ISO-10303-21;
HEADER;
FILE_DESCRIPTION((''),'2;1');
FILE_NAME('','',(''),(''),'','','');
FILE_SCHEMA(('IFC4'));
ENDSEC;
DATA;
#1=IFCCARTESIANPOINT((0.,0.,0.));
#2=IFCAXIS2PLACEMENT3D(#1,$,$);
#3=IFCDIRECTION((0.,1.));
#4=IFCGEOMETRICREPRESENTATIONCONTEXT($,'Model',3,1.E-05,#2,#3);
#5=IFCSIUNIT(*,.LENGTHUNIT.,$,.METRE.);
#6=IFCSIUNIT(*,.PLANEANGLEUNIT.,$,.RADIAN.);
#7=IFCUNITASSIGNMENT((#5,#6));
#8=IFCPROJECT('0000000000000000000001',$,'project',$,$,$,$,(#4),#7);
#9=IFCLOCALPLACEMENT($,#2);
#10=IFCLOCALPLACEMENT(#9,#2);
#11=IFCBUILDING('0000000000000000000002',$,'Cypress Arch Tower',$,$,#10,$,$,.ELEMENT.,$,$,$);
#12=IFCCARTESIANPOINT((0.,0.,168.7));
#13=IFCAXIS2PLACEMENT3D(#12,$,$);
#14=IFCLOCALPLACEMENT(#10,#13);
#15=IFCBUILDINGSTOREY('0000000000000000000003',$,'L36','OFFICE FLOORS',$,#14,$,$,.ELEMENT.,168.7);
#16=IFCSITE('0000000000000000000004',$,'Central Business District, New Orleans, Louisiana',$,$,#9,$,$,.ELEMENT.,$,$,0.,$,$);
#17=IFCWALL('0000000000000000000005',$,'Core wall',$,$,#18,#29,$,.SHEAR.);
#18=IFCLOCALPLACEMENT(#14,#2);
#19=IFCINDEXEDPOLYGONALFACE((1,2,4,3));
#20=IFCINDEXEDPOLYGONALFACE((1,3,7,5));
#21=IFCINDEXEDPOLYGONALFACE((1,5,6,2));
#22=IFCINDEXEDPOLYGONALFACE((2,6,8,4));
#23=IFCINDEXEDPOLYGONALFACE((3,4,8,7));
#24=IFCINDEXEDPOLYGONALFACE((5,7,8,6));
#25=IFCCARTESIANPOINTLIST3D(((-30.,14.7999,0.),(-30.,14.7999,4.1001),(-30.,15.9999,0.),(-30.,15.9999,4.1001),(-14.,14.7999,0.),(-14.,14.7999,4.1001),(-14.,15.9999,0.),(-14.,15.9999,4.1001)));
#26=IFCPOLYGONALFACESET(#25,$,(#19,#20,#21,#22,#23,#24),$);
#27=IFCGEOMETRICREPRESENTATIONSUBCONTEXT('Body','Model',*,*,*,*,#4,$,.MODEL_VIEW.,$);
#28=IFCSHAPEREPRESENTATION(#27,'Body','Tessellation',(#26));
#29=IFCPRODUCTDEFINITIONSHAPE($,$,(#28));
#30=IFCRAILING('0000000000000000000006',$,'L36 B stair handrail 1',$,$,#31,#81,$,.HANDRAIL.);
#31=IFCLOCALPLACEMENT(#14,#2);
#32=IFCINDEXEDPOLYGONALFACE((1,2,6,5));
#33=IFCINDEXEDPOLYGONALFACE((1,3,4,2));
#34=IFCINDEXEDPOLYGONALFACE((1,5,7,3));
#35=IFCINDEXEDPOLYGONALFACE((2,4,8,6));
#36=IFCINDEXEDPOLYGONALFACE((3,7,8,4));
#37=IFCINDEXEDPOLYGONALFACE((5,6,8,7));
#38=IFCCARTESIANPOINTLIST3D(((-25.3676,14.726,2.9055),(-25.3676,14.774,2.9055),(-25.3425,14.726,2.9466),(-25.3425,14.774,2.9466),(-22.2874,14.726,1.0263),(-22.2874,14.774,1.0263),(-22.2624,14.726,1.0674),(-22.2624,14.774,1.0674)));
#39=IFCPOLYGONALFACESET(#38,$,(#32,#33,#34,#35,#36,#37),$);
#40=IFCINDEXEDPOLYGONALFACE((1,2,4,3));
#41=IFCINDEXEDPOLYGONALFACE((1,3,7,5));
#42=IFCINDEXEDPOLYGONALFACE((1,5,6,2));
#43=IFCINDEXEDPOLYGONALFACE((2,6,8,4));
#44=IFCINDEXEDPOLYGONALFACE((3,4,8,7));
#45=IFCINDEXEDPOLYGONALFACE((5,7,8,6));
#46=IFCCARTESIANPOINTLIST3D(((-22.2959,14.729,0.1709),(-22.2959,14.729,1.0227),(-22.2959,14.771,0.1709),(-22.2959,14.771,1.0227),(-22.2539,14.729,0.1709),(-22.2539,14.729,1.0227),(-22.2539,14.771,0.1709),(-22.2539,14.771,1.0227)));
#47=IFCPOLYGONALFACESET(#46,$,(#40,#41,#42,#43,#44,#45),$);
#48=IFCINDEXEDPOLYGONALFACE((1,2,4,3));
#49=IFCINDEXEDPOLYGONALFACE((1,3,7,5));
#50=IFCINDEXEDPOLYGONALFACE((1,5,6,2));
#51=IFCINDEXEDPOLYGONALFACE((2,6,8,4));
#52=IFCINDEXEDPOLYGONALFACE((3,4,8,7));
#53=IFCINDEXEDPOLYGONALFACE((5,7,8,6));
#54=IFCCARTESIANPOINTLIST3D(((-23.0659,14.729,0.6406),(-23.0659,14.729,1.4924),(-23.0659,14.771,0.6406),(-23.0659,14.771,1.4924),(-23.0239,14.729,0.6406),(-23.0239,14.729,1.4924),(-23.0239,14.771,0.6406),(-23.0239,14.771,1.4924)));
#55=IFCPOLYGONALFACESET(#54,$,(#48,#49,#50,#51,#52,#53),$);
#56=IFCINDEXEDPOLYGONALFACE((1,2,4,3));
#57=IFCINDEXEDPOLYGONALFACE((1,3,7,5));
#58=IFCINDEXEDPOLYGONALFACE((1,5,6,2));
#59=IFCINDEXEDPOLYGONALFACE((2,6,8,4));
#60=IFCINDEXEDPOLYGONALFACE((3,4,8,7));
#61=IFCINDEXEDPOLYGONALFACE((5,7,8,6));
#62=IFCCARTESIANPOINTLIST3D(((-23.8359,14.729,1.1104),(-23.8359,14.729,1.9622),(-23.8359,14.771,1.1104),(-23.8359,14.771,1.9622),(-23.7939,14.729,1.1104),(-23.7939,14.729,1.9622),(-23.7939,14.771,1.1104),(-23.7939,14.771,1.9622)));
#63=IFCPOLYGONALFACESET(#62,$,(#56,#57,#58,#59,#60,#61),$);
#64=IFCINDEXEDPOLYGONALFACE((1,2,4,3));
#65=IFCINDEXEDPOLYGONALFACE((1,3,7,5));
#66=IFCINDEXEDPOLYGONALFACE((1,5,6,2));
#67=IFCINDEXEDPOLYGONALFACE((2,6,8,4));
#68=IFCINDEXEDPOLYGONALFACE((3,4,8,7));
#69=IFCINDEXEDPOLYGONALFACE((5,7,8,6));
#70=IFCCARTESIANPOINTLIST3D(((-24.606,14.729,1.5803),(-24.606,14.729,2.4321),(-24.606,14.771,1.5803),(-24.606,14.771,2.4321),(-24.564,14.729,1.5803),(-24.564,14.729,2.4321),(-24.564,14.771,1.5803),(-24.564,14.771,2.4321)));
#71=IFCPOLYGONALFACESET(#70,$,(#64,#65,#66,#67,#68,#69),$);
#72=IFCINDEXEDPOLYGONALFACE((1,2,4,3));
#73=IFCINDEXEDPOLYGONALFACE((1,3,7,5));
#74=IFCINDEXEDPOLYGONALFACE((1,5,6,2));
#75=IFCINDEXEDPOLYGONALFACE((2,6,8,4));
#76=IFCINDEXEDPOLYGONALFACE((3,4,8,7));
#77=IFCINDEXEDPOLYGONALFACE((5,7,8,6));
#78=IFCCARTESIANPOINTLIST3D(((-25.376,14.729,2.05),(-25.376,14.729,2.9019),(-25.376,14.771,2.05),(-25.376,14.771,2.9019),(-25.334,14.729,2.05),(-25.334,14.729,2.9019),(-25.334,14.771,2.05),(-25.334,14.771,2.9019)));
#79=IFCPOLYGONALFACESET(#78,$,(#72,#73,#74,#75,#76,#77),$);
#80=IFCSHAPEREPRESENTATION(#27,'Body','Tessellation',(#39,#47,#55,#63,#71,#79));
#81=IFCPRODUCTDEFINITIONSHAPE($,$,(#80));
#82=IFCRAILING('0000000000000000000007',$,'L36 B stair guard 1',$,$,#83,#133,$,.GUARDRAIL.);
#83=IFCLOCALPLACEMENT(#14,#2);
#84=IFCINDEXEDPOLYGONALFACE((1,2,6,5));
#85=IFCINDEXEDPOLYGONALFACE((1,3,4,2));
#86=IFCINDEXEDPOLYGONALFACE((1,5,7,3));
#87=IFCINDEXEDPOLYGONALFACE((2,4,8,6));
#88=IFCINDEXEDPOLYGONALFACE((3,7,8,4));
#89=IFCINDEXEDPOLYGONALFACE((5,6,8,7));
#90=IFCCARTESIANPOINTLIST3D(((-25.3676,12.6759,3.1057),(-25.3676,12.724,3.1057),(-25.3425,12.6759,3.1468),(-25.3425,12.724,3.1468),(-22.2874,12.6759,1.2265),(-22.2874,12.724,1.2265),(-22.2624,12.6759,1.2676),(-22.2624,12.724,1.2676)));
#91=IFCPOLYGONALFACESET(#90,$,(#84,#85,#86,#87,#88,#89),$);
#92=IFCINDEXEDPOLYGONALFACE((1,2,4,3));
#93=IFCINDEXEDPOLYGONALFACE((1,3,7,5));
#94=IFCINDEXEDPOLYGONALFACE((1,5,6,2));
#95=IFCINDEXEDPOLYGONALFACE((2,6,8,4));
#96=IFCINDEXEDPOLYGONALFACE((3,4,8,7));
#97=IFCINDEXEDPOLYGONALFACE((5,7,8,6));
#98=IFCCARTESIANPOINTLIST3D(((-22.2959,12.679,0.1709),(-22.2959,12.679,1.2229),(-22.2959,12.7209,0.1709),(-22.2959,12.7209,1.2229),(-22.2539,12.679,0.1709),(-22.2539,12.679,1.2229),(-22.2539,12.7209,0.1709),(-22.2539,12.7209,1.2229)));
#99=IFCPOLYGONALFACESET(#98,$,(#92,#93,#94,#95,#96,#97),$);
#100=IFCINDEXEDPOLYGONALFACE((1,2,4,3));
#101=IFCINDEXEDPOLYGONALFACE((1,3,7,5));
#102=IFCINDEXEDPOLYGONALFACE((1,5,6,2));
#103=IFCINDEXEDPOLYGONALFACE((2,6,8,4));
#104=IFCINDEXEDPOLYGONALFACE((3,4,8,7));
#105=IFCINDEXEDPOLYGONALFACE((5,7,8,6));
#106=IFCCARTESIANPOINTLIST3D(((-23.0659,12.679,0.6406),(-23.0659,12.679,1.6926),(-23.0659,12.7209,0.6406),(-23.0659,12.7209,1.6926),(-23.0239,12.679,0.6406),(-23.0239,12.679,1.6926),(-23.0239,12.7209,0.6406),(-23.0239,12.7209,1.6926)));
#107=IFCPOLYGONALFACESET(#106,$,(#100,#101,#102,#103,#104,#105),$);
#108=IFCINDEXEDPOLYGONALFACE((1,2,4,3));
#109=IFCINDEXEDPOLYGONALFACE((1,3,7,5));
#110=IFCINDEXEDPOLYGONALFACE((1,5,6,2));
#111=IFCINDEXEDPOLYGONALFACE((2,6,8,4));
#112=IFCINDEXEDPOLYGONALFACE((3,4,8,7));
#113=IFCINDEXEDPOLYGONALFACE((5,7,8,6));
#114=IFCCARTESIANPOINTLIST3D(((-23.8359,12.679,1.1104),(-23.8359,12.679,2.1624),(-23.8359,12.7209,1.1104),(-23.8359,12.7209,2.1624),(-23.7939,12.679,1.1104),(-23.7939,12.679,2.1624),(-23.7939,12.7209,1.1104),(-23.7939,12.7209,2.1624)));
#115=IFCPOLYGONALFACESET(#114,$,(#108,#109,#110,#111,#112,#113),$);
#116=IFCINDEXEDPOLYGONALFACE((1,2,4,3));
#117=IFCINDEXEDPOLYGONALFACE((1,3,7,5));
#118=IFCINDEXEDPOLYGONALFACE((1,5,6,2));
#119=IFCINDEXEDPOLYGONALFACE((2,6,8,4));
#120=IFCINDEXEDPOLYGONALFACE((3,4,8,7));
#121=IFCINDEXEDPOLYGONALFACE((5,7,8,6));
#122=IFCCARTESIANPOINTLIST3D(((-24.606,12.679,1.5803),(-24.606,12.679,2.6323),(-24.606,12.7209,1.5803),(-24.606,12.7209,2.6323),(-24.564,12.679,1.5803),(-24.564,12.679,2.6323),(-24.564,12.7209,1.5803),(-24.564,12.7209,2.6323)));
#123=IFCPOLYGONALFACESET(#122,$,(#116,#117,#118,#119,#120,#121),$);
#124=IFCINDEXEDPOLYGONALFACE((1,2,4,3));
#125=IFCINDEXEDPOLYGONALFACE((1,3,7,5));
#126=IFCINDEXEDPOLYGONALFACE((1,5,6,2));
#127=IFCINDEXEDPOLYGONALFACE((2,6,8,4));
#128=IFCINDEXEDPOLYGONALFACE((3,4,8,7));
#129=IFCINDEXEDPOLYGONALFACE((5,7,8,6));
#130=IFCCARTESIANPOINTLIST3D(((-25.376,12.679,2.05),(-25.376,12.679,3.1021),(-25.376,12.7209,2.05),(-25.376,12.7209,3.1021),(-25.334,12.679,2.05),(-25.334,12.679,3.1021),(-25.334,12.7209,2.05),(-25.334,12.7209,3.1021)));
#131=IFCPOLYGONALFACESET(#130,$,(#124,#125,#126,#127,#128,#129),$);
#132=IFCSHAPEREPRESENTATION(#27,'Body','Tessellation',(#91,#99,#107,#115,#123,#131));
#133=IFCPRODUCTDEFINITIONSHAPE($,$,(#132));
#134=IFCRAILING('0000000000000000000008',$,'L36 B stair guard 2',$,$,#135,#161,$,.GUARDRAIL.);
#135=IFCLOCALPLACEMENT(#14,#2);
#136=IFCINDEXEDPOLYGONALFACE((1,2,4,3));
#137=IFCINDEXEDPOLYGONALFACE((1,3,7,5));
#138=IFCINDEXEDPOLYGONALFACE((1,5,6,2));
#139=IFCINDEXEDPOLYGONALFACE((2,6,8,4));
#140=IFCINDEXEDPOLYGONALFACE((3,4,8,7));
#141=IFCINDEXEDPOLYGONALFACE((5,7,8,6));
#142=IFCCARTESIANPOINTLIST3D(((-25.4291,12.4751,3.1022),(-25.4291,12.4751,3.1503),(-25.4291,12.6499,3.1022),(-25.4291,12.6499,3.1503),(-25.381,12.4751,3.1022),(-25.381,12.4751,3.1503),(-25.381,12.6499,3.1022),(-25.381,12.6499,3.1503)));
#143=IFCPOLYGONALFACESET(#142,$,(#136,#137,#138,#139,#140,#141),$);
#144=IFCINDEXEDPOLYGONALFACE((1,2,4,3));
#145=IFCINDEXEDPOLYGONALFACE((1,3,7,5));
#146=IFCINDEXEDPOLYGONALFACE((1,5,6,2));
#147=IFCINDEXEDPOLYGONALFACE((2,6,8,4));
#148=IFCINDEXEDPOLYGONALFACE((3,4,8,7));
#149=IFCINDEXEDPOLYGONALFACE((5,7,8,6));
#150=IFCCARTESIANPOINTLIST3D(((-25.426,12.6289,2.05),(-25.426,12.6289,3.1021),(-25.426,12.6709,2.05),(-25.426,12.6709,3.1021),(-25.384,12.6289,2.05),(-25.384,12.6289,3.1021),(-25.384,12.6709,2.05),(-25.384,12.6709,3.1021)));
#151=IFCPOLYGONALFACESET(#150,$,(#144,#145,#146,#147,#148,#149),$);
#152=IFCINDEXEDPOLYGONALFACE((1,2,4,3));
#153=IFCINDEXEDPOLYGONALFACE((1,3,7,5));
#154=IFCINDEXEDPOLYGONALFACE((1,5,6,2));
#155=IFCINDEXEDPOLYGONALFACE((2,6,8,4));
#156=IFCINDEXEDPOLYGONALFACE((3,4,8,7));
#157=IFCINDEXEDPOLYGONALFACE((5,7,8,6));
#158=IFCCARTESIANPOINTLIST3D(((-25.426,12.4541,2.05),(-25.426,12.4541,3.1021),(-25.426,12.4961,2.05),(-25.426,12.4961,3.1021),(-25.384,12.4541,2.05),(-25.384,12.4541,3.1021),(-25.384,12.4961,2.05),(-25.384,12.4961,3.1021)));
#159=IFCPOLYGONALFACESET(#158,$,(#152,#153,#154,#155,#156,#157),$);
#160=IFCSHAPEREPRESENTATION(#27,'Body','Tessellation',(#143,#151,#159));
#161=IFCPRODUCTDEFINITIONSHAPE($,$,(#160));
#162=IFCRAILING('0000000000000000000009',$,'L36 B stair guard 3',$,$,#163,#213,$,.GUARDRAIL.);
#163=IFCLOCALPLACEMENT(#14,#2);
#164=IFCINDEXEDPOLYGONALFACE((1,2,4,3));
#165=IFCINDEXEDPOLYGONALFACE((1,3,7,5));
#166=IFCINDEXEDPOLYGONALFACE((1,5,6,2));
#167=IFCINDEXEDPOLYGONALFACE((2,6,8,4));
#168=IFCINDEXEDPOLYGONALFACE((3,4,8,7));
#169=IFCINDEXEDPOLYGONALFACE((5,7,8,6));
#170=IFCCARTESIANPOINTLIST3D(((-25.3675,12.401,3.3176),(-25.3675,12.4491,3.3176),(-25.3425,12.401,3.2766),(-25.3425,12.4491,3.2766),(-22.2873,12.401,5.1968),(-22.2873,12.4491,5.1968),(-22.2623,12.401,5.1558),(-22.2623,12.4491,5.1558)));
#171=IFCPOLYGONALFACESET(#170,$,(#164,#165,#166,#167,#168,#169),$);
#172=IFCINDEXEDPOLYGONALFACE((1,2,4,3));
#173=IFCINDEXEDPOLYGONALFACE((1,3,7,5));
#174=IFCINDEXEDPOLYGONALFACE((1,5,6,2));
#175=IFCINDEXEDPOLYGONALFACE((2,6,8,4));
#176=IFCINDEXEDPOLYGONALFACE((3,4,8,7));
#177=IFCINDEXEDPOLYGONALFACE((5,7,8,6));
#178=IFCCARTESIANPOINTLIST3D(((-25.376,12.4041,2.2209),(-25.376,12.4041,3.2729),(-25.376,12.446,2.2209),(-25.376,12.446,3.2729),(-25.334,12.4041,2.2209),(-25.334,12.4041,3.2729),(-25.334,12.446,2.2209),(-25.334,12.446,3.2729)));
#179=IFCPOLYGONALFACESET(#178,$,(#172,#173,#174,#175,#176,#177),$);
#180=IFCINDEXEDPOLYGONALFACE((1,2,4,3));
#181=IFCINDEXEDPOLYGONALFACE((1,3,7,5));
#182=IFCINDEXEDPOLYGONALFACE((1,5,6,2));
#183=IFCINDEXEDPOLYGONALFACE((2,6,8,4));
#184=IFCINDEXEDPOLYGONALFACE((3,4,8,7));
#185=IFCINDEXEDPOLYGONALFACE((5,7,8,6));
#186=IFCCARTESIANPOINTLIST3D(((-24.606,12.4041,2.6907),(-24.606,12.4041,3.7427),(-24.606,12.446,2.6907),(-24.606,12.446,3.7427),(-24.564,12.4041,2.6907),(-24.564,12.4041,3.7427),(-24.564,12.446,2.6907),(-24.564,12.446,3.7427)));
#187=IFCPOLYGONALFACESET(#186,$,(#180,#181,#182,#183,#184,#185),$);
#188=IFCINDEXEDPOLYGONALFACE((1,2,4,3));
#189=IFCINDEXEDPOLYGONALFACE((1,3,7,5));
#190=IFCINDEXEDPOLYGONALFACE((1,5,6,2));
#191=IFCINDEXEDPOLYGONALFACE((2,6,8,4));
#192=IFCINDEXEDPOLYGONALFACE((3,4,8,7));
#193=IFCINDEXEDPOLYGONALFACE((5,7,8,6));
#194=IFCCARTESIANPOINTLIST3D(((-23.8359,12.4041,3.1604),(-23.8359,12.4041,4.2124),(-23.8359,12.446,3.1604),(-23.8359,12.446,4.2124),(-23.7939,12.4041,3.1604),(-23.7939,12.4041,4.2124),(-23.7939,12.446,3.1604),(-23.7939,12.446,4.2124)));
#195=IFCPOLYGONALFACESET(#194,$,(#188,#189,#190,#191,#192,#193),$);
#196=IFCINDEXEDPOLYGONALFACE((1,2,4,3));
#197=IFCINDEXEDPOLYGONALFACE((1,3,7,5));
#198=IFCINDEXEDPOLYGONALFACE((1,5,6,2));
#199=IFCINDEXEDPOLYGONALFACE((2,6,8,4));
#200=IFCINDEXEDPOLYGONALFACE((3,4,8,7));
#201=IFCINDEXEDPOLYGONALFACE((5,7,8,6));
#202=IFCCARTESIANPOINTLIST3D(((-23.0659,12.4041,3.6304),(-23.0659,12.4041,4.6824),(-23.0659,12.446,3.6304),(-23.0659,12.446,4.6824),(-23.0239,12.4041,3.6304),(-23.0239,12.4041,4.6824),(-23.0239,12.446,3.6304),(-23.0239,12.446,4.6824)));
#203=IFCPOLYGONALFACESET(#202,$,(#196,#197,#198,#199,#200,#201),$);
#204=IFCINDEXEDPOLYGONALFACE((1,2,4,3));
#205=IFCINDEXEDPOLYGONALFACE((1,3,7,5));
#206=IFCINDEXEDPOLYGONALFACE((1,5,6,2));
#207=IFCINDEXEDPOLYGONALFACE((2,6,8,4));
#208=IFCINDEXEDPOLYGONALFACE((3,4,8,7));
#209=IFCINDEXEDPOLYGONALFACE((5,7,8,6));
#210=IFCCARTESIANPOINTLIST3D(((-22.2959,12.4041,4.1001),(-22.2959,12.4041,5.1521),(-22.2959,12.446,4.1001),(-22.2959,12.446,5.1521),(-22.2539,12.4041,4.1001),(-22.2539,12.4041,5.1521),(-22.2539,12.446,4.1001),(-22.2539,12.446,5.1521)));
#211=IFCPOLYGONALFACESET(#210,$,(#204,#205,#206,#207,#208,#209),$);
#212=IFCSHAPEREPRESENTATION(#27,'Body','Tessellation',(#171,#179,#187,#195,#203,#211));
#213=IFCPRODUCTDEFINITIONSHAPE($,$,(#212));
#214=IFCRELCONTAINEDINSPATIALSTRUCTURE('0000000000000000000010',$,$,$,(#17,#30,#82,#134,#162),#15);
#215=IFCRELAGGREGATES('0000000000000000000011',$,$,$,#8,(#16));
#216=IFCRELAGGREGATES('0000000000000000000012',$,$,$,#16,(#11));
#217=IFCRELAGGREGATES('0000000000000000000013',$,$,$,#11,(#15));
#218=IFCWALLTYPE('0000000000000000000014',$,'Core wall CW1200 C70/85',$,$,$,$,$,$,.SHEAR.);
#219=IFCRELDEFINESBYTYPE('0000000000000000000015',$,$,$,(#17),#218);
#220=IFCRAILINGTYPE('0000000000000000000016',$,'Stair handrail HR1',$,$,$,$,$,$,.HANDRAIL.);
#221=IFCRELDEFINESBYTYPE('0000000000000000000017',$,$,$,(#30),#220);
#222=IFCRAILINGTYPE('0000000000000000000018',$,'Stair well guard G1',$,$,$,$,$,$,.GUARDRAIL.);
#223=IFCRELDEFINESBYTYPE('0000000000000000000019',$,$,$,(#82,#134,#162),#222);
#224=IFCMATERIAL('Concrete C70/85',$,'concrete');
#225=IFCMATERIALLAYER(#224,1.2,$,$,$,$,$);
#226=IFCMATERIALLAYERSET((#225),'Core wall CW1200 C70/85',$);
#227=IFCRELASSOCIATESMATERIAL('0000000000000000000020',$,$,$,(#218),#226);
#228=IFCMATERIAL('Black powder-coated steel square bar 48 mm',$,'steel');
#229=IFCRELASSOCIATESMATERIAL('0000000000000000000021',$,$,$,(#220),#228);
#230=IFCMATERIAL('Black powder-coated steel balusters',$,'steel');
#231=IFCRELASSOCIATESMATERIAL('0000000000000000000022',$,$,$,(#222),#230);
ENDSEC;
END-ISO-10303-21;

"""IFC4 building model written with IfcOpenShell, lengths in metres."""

from ifc_helpers import new_model, si_unit, direction, frame, frame_2d, origin, origin_2d, place, context, subcontext, project, spatial, rectangle, extrude, material, layer, layer_set, type_object, element, save


model = new_model("IFC4")

# Units and contexts
model_context = context("Model", 3, precision=1e-05, world=origin(), true_north=direction((0.0, 1.0)))
body_context = subcontext(model_context, "Body", "Model", "MODEL_VIEW")
ifc_project = project(units=[si_unit("LENGTHUNIT", "METRE"), si_unit("PLANEANGLEUNIT", "RADIAN")], contexts=[model_context])

# Site, building, storey
site_placement = place(None, origin())
site = spatial("IfcSite", under=ifc_project, at=site_placement, Name="Central Business District, New Orleans, Louisiana", CompositionType="ELEMENT", RefElevation=0.0)
building_placement = place(site_placement, origin())
building = spatial("IfcBuilding", under=site, at=building_placement, Name="Cypress Arch Tower", CompositionType="ELEMENT")
storey_placement = place(building_placement, frame((0.0, 0.0, 168.7)))
storey = spatial("IfcBuildingStorey", under=building, at=storey_placement, Name="L36", Description="OFFICE FLOORS", CompositionType="ELEMENT", Elevation=168.7)

# Wall
ifc_material_1 = material(Name="Concrete C70/85", Category="concrete")
ifc_layer_1 = layer(ifc_material_1, 1.2)
ifc_layer_set_1 = layer_set([ifc_layer_1], Name="Core wall CW1200 C70/85")
wall_type_1 = type_object("IfcWallType", Name="Core wall CW1200 C70/85", PredefinedType="SHEAR", material=ifc_layer_set_1)
wall_1_placement = place(storey_placement, frame((-30.0, 15.3999, 0.0), z_axis=(0.0, 0.0, 1.0), x_axis=(1.0, 0.0, 0.0)))
element("IfcWall", 1, at=wall_1_placement, inside=storey, type_object=wall_type_1, Name="Core wall", PredefinedType="SHEAR", context=body_context, shape_type="SweptSolid", body=[
    extrude(rectangle(XDim=16.0, YDim=1.2, at=frame_2d((8.0, 0.0))), origin(), (0.0, 0.0, 1.0), 4.1001),
])

# Railings
ifc_material_2 = material(Name="Black powder-coated steel square bar 48 mm", Category="steel")
railing_type_1 = type_object("IfcRailingType", Name="Stair handrail HR1", PredefinedType="HANDRAIL", material=ifc_material_2)
railing_1_placement = place(storey_placement, frame((-22.2749, 14.75, 0.1709)))
element("IfcRailing", 2, at=railing_1_placement, inside=storey, type_object=railing_type_1, Name="L36 B stair handrail 1", PredefinedType="HANDRAIL", context=body_context, shape_type="SweptSolid", body=[
    extrude(rectangle(XDim=0.0481, YDim=0.0481, at=origin_2d()), frame((0.0, 0.0, 0.876), z_axis=(-0.853666, 0.0, 0.52082), x_axis=(0.0, -1.0, 0.0)), (0.0, 0.0, 1.0), 3.6082),
    extrude(rectangle(XDim=0.042, YDim=0.042, at=origin_2d()), origin(), (0.0, 0.0, 1.0), 0.8518),
    extrude(rectangle(XDim=0.042, YDim=0.042, at=origin_2d()), frame((-0.77, 0.0, 0.4697)), (0.0, 0.0, 1.0), 0.8518),
    extrude(rectangle(XDim=0.042, YDim=0.042, at=origin_2d()), frame((-1.54, 0.0, 0.9395)), (0.0, 0.0, 1.0), 0.8518),
    extrude(rectangle(XDim=0.042, YDim=0.042, at=origin_2d()), frame((-2.3101, 0.0, 1.4094)), (0.0, 0.0, 1.0), 0.8518),
    extrude(rectangle(XDim=0.042, YDim=0.042, at=origin_2d()), frame((-3.0801, 0.0, 1.8792)), (0.0, 0.0, 1.0), 0.8518),
])
ifc_material_3 = material(Name="Black powder-coated steel balusters", Category="steel")
railing_type_2 = type_object("IfcRailingType", Name="Stair well guard G1", PredefinedType="GUARDRAIL", material=ifc_material_3)
railing_2_placement = place(storey_placement, frame((-22.2749, 12.7, 0.1709)))
element("IfcRailing", 3, at=railing_2_placement, inside=storey, type_object=railing_type_2, Name="L36 B stair guard 1", PredefinedType="GUARDRAIL", context=body_context, shape_type="SweptSolid", body=[
    extrude(rectangle(XDim=0.0481, YDim=0.0481, at=origin_2d()), frame((0.0, 0.0, 1.0762), z_axis=(-0.853666, 0.0, 0.52082), x_axis=(0.0, -1.0, 0.0)), (0.0, 0.0, 1.0), 3.6082),
    extrude(rectangle(XDim=0.042, YDim=0.042, at=origin_2d()), origin(), (0.0, 0.0, 1.0), 1.052),
    extrude(rectangle(XDim=0.042, YDim=0.042, at=origin_2d()), frame((-0.77, 0.0, 0.4697)), (0.0, 0.0, 1.0), 1.052),
    extrude(rectangle(XDim=0.042, YDim=0.042, at=origin_2d()), frame((-1.54, 0.0, 0.9395)), (0.0, 0.0, 1.0), 1.052),
    extrude(rectangle(XDim=0.042, YDim=0.042, at=origin_2d()), frame((-2.3101, 0.0, 1.4094)), (0.0, 0.0, 1.0), 1.052),
    extrude(rectangle(XDim=0.042, YDim=0.042, at=origin_2d()), frame((-3.0801, 0.0, 1.8792)), (0.0, 0.0, 1.0), 1.052),
])
railing_3_placement = place(storey_placement, frame((-25.405, 12.6499, 2.05)))
element("IfcRailing", 4, at=railing_3_placement, inside=storey, type_object=railing_type_2, Name="L36 B stair guard 2", PredefinedType="GUARDRAIL", context=body_context, shape_type="SweptSolid", body=[
    extrude(rectangle(XDim=0.0481, YDim=0.0481, at=origin_2d()), frame((0.0, 0.0, 1.0762), z_axis=(0.0, -1.0, 0.0), x_axis=(1.0, 0.0, 0.0)), (0.0, 0.0, 1.0), 0.1748),
    extrude(rectangle(XDim=0.042, YDim=0.042, at=origin_2d()), origin(), (0.0, 0.0, 1.0), 1.052),
    extrude(rectangle(XDim=0.042, YDim=0.042, at=origin_2d()), frame((0.0, -0.1748, 0.0)), (0.0, 0.0, 1.0), 1.052),
])
railing_4_placement = place(storey_placement, frame((-25.355, 12.425, 2.2209)))
element("IfcRailing", 5, at=railing_4_placement, inside=storey, type_object=railing_type_2, Name="L36 B stair guard 3", PredefinedType="GUARDRAIL", context=body_context, shape_type="SweptSolid", body=[
    extrude(rectangle(XDim=0.0481, YDim=0.0481, at=origin_2d()), frame((0.0, 0.0, 1.0762), z_axis=(0.853666, 0.0, 0.52082), x_axis=(0.0, 1.0, 0.0)), (0.0, 0.0, 1.0), 3.6082),
    extrude(rectangle(XDim=0.042, YDim=0.042, at=origin_2d()), origin(), (0.0, 0.0, 1.0), 1.052),
    extrude(rectangle(XDim=0.042, YDim=0.042, at=origin_2d()), frame((0.77, 0.0, 0.4697)), (0.0, 0.0, 1.0), 1.052),
    extrude(rectangle(XDim=0.042, YDim=0.042, at=origin_2d()), frame((1.54, 0.0, 0.9395)), (0.0, 0.0, 1.0), 1.052),
    extrude(rectangle(XDim=0.042, YDim=0.042, at=origin_2d()), frame((2.3101, 0.0, 1.4094)), (0.0, 0.0, 1.0), 1.052),
    extrude(rectangle(XDim=0.042, YDim=0.042, at=origin_2d()), frame((3.0801, 0.0, 1.8792)), (0.0, 0.0, 1.0), 1.052),
])

save(model, "model.ifc")
